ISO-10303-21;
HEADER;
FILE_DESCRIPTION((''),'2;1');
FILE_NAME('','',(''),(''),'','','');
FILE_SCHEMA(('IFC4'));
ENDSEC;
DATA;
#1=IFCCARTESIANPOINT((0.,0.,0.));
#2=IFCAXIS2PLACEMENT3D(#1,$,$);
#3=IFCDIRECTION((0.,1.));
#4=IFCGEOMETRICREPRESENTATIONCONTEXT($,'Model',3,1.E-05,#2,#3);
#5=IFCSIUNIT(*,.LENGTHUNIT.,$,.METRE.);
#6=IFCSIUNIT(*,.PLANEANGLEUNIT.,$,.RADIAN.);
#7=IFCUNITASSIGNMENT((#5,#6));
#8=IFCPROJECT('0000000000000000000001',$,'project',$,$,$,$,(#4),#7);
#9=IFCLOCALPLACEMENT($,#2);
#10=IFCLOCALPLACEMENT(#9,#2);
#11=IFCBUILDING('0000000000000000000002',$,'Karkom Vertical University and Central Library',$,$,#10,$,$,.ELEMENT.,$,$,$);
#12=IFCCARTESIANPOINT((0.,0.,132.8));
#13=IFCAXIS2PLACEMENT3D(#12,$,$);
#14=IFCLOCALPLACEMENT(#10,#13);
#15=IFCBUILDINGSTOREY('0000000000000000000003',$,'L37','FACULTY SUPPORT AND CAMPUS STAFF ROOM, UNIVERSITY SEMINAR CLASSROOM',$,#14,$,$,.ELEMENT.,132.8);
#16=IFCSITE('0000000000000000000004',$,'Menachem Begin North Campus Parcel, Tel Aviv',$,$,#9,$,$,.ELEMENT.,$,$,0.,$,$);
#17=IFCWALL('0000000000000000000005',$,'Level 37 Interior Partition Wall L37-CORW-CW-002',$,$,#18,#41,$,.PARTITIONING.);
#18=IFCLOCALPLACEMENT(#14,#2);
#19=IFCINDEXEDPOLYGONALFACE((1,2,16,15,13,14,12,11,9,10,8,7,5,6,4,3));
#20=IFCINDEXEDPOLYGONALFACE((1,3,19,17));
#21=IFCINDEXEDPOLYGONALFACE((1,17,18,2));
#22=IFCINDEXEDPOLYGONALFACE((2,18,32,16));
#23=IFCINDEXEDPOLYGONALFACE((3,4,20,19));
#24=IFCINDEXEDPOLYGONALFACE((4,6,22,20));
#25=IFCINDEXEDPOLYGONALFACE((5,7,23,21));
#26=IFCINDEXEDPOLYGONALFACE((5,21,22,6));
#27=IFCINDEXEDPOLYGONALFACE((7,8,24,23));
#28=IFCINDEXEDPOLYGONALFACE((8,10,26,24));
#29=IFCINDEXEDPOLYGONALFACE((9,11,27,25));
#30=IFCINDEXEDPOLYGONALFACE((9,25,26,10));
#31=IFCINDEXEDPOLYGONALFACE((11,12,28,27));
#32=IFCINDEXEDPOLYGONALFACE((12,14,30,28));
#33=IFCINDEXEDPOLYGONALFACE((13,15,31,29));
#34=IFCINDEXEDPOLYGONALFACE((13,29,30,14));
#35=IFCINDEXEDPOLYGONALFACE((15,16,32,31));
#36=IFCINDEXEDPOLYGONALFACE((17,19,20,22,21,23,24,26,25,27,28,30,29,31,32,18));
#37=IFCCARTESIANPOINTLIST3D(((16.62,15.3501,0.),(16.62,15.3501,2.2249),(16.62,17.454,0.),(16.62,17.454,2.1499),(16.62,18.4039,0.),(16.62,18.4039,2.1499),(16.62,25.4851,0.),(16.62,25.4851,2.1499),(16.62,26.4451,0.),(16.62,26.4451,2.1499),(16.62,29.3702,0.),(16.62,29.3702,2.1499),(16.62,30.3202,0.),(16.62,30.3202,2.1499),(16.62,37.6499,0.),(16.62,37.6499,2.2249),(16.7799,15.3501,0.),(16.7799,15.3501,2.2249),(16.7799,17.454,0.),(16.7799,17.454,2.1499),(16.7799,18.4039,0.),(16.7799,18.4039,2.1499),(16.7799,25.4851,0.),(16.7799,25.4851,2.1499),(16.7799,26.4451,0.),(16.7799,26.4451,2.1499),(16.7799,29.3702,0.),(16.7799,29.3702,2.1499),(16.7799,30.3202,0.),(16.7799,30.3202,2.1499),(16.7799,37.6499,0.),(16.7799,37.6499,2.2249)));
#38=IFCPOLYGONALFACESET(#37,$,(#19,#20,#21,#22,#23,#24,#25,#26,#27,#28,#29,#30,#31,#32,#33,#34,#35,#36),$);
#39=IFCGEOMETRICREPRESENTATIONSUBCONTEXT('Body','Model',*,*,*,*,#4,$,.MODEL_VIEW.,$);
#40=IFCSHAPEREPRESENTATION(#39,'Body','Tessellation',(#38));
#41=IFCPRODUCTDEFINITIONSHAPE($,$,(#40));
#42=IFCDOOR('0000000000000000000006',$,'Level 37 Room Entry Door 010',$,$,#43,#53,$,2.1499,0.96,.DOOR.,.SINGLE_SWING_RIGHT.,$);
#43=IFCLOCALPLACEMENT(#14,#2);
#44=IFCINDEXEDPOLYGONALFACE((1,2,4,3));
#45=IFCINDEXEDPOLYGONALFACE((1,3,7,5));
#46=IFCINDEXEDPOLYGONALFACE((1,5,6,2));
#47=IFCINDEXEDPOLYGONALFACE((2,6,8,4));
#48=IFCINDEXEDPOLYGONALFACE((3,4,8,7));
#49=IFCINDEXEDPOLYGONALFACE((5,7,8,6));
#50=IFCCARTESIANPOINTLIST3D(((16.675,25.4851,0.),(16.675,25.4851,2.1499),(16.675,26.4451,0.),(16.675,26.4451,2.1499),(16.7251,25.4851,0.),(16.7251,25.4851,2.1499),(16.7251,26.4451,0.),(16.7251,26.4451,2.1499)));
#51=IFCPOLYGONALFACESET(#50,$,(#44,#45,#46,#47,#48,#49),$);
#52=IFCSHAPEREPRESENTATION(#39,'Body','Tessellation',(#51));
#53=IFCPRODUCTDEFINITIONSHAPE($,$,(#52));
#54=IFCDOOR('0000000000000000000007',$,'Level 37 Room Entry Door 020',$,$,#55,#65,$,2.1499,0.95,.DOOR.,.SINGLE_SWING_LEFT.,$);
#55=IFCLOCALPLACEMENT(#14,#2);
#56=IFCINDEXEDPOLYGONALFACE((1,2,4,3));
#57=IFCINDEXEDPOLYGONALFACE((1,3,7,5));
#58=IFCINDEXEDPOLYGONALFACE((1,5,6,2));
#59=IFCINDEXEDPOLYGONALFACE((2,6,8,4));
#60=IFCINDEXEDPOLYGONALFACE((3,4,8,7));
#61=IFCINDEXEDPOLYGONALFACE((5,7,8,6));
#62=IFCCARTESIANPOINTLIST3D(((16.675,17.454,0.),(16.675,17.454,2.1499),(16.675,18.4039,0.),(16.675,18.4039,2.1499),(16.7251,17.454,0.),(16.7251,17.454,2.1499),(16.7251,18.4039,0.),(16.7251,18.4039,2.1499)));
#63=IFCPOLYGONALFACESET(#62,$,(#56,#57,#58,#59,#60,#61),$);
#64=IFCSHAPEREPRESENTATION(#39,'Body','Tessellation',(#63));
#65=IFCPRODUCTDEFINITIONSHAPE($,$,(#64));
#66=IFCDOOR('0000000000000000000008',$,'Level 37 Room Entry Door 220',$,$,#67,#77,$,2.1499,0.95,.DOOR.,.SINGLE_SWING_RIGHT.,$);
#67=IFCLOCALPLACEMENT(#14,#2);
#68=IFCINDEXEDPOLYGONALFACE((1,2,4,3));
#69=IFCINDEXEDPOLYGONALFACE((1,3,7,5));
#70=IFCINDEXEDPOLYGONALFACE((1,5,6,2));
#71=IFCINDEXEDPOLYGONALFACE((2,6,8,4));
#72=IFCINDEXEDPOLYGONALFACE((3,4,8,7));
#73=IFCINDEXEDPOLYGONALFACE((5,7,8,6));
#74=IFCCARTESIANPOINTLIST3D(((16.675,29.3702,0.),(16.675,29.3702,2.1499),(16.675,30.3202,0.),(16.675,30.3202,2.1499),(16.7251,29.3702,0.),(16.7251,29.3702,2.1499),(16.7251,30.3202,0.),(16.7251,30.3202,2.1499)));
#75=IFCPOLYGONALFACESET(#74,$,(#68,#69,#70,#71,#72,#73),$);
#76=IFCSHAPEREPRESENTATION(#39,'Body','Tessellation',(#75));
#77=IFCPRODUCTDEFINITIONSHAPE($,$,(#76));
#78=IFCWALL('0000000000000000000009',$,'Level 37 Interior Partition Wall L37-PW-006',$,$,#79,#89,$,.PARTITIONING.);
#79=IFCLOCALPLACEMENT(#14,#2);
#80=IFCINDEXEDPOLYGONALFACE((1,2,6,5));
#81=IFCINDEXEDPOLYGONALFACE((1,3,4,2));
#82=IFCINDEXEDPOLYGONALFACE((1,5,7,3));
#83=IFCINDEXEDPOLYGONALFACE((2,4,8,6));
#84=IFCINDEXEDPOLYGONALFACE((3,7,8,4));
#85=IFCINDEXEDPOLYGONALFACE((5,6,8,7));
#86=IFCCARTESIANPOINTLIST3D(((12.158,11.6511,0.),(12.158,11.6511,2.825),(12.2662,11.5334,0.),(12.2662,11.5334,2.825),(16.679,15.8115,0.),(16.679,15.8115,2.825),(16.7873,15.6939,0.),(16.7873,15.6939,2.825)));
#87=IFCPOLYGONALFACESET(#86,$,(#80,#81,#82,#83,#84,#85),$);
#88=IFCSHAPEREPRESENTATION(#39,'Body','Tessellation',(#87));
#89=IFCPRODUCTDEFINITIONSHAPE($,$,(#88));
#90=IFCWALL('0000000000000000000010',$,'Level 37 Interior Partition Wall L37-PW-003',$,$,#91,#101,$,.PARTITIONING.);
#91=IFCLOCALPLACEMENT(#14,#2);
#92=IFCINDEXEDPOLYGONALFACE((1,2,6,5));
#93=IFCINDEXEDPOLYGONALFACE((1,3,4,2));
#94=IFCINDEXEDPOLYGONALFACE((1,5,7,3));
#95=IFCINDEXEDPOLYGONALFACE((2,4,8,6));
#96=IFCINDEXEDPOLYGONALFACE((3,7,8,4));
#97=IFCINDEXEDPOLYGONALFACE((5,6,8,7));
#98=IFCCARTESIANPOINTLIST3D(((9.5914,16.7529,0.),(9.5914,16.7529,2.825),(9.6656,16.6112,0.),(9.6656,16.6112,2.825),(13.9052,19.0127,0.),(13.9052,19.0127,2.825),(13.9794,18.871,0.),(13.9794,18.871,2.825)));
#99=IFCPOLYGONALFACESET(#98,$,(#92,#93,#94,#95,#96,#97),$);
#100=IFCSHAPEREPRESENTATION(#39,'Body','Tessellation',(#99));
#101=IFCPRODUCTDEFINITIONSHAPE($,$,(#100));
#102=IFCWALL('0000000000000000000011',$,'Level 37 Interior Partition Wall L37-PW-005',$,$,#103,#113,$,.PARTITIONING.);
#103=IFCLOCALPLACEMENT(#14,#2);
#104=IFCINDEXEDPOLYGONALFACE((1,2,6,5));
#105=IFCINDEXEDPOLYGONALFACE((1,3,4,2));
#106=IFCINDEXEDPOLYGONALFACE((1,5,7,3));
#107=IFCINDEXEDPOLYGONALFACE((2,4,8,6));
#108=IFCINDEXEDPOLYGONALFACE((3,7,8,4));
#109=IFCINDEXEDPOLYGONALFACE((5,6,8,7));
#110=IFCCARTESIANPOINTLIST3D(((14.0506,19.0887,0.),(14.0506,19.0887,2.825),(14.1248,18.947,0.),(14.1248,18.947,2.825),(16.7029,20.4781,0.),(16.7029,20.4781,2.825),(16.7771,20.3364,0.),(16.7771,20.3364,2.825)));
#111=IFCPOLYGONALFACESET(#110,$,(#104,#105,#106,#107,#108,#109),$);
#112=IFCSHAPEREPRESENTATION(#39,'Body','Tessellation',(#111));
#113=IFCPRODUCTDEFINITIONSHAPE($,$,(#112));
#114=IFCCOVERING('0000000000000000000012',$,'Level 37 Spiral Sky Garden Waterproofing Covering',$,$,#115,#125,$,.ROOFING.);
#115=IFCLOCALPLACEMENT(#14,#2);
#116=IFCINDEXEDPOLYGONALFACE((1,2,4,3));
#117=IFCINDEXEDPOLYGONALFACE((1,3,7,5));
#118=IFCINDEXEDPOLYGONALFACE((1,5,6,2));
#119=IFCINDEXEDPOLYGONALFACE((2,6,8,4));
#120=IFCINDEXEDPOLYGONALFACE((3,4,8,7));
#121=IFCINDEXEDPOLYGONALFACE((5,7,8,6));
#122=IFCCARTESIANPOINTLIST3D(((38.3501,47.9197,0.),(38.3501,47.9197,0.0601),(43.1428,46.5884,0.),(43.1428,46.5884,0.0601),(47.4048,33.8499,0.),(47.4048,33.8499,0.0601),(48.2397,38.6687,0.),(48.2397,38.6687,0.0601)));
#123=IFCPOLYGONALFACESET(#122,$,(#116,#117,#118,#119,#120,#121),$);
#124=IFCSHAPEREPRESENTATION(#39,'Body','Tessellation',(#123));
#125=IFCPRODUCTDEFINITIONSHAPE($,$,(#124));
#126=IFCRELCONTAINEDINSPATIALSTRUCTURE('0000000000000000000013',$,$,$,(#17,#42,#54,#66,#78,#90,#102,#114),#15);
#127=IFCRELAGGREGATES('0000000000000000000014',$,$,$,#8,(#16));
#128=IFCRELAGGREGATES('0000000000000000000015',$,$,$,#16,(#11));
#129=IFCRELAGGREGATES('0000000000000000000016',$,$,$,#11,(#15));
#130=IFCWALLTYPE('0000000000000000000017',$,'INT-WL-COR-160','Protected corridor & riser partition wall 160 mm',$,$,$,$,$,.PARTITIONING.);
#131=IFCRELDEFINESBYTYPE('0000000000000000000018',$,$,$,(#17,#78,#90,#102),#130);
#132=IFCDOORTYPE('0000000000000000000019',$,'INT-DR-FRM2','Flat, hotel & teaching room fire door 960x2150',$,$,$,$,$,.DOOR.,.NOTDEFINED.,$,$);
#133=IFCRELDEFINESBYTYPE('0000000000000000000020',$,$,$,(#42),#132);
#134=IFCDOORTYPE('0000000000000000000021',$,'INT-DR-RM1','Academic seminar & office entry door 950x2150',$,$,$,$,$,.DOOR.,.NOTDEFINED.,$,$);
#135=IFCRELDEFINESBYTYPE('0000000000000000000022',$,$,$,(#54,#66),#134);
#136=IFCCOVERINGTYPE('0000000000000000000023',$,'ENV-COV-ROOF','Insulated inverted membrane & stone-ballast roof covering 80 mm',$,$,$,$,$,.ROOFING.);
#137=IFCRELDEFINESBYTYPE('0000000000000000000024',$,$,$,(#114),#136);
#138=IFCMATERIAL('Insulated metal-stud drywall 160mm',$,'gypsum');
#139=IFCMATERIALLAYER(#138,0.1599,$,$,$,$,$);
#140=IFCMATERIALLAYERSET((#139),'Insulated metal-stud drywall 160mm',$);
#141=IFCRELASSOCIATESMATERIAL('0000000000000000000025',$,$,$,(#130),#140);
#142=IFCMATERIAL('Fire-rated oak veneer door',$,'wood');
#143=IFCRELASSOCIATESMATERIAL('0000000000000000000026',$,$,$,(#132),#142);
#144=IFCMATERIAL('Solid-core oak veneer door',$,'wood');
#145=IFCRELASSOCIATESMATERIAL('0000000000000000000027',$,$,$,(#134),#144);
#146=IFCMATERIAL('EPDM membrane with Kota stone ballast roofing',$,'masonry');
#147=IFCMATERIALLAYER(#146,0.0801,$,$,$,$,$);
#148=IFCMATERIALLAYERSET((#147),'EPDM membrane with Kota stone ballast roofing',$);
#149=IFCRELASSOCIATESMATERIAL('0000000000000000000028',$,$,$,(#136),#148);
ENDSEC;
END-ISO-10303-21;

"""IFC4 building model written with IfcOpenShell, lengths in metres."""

from ifc_helpers import new_model, si_unit, direction, frame, frame_2d, origin, origin_with_axes, place, context, subcontext, project, spatial, polyline, rectangle, outline, extrude, source, transform, mapped, material, layer, layer_set, type_object, element, fill, save


model = new_model("IFC4")

# Units and contexts
model_context = context("Model", 3, precision=1e-05, world=origin(), true_north=direction((0.0, 1.0)))
body_context = subcontext(model_context, "Body", "Model", "MODEL_VIEW")
ifc_project = project(units=[si_unit("LENGTHUNIT", "METRE"), si_unit("PLANEANGLEUNIT", "RADIAN")], contexts=[model_context])

# Site, building, storey
site_placement = place(None, origin())
site = spatial("IfcSite", under=ifc_project, at=site_placement, Name="Menachem Begin North Campus Parcel, Tel Aviv", CompositionType="ELEMENT", RefElevation=0.0)
building_placement = place(site_placement, origin())
building = spatial("IfcBuilding", under=site, at=building_placement, Name="Karkom Vertical University and Central Library", CompositionType="ELEMENT")
storey_placement = place(building_placement, frame((0.0, 0.0, 132.8)))
storey = spatial("IfcBuildingStorey", under=building, at=storey_placement, Name="L37", Description="FACULTY SUPPORT AND CAMPUS STAFF ROOM, UNIVERSITY SEMINAR CLASSROOM", CompositionType="ELEMENT", Elevation=132.8)

# Wall, openings, doors
ifc_material_1 = material(Name="Insulated metal-stud drywall 160mm", Category="gypsum")
ifc_layer_1 = layer(ifc_material_1, 0.1599)
ifc_layer_set_1 = layer_set([ifc_layer_1], Name="Insulated metal-stud drywall 160mm")
wall_type_1 = type_object("IfcWallType", Name="INT-WL-COR-160", Description="Protected corridor & riser partition wall 160 mm", PredefinedType="PARTITIONING", material=ifc_layer_set_1)
wall_1_placement = place(storey_placement, frame((16.7, 15.3501, 0.0), z_axis=(0.0, 0.0, 1.0), x_axis=(0.0, 1.0, 0.0)))
wall_1 = element("IfcWall", 1, at=wall_1_placement, inside=storey, type_object=wall_type_1, Name="Level 37 Interior Partition Wall L37-CORW-CW-002", PredefinedType="PARTITIONING", context=body_context, shape_type="SweptSolid", body=[
    extrude(rectangle(XDim=22.2998, YDim=0.1599, at=frame_2d((11.1499, 0.0))), origin(), (0.0, 0.0, 1.0), 2.2249),
])
opening_1_placement = place(wall_1_placement, frame((10.135, 0.0, 0.0)))
opening_1 = element("IfcOpeningElement", 2, at=opening_1_placement, cuts=wall_1, PredefinedType="OPENING", context=body_context, shape_type="SweptSolid", body=[
    extrude(rectangle(XDim=0.96, YDim=2.1499, at=frame_2d((0.48, 1.075))), frame((0.0, 0.0898, 0.0), z_axis=(0.0, -1.0, 0.0), x_axis=(1.0, 0.0, 0.0)), (0.0, 0.0, 1.0), 0.1799),
])
opening_2_placement = place(wall_1_placement, frame((2.1038, 0.0, 0.0)))
opening_2 = element("IfcOpeningElement", 3, at=opening_2_placement, cuts=wall_1, PredefinedType="OPENING", context=body_context, shape_type="SweptSolid", body=[
    extrude(rectangle(XDim=0.95, YDim=2.1499, at=frame_2d((0.4751, 1.075))), frame((0.0, 0.0898, 0.0), z_axis=(0.0, -1.0, 0.0), x_axis=(1.0, 0.0, 0.0)), (0.0, 0.0, 1.0), 0.1799),
])
opening_3_placement = place(wall_1_placement, frame((14.02, 0.0, 0.0)))
opening_3 = element("IfcOpeningElement", 4, at=opening_3_placement, cuts=wall_1, PredefinedType="OPENING", context=body_context, shape_type="SweptSolid", body=[
    extrude(rectangle(XDim=0.95, YDim=2.1499, at=frame_2d((0.4751, 1.075))), frame((0.0, 0.0898, 0.0), z_axis=(0.0, -1.0, 0.0), x_axis=(1.0, 0.0, 0.0)), (0.0, 0.0, 1.0), 0.1799),
])
ifc_material_2 = material(Name="Fire-rated oak veneer door", Category="wood")
door_type_1 = type_object("IfcDoorType", Name="INT-DR-FRM2", Description="Flat, hotel & teaching room fire door 960x2150", OperationType="NOTDEFINED", PredefinedType="DOOR", material=ifc_material_2)
shared_shape_1 = source(origin_with_axes(), body_context, "Body", "SweptSolid", [
    extrude(rectangle(XDim=0.96, YDim=2.1499, at=frame_2d((0.48, 1.075))), frame((0.0, 0.0249, 0.0), z_axis=(0.0, -1.0, 0.0), x_axis=(1.0, 0.0, 0.0)), (0.0, 0.0, 1.0), 0.05),
])
door_1_placement = place(opening_1_placement, origin())
door_1 = element("IfcDoor", 5, at=door_1_placement, inside=storey, type_object=door_type_1, Name="Level 37 Room Entry Door 010", OperationType="SINGLE_SWING_RIGHT", OverallHeight=2.1499, OverallWidth=0.96, PredefinedType="DOOR", context=body_context, shape_type="MappedRepresentation", body=[
    mapped(shared_shape_1, transform((0.0, 0.0, 0.0), scale=1.0)),
])
fill(opening_1, door_1)
ifc_material_3 = material(Name="Solid-core oak veneer door", Category="wood")
door_type_2 = type_object("IfcDoorType", Name="INT-DR-RM1", Description="Academic seminar & office entry door 950x2150", OperationType="NOTDEFINED", PredefinedType="DOOR", material=ifc_material_3)
shared_shape_2 = source(origin_with_axes(), body_context, "Body", "SweptSolid", [
    extrude(rectangle(XDim=0.95, YDim=2.1499, at=frame_2d((0.4751, 1.075))), frame((0.0, 0.0249, 0.0), z_axis=(0.0, -1.0, 0.0), x_axis=(1.0, 0.0, 0.0)), (0.0, 0.0, 1.0), 0.05),
])
door_2_placement = place(opening_2_placement, origin())
door_2 = element("IfcDoor", 6, at=door_2_placement, inside=storey, type_object=door_type_2, Name="Level 37 Room Entry Door 020", OperationType="SINGLE_SWING_LEFT", OverallHeight=2.1499, OverallWidth=0.95, PredefinedType="DOOR", context=body_context, shape_type="MappedRepresentation", body=[
    mapped(shared_shape_2, transform((0.0, 0.0, 0.0), scale=1.0)),
])
fill(opening_2, door_2)
door_3_placement = place(opening_3_placement, origin())
door_3 = element("IfcDoor", 7, at=door_3_placement, inside=storey, type_object=door_type_2, Name="Level 37 Room Entry Door 220", OperationType="SINGLE_SWING_RIGHT", OverallHeight=2.1499, OverallWidth=0.95, PredefinedType="DOOR", context=body_context, shape_type="MappedRepresentation", body=[
    mapped(shared_shape_2, transform((0.0, 0.0, 0.0), scale=1.0)),
])
fill(opening_3, door_3)

# Walls
wall_2_placement = place(storey_placement, frame((16.7332, 15.7527, 0.0), z_axis=(0.0, 0.0, 1.0), x_axis=(-0.735843, -0.677152, 0.0)))
element("IfcWall", 8, at=wall_2_placement, inside=storey, type_object=wall_type_1, Name="Level 37 Interior Partition Wall L37-PW-006", PredefinedType="PARTITIONING", context=body_context, shape_type="SweptSolid", body=[
    extrude(rectangle(XDim=6.144, YDim=0.1599, at=frame_2d((3.072, 0.0))), origin(), (0.0, 0.0, 1.0), 2.825),
])
wall_3_placement = place(storey_placement, frame((13.9424, 18.9419, 0.0), z_axis=(0.0, 0.0, 1.0), x_axis=(-0.885815, -0.464039, 0.0)))
element("IfcWall", 9, at=wall_3_placement, inside=storey, type_object=wall_type_1, Name="Level 37 Interior Partition Wall L37-PW-003", PredefinedType="PARTITIONING", context=body_context, shape_type="SweptSolid", body=[
    extrude(rectangle(XDim=4.8699, YDim=0.1599, at=frame_2d((2.4351, 0.0))), origin(), (0.0, 0.0, 1.0), 2.825),
])
wall_4_placement = place(storey_placement, frame((16.74, 20.4072, 0.0), z_axis=(0.0, 0.0, 1.0), x_axis=(-0.88582, -0.464028, 0.0)))
element("IfcWall", 10, at=wall_4_placement, inside=storey, type_object=wall_type_1, Name="Level 37 Interior Partition Wall L37-PW-005", PredefinedType="PARTITIONING", context=body_context, shape_type="SweptSolid", body=[
    extrude(rectangle(XDim=2.9941, YDim=0.1599, at=frame_2d((1.4971, 0.0))), origin(), (0.0, 0.0, 1.0), 2.825),
])

# Covering
ifc_material_4 = material(Name="EPDM membrane with Kota stone ballast roofing", Category="masonry")
ifc_layer_2 = layer(ifc_material_4, 0.0801)
ifc_layer_set_2 = layer_set([ifc_layer_2], Name="EPDM membrane with Kota stone ballast roofing")
covering_type = type_object("IfcCoveringType", Name="ENV-COV-ROOF", Description="Insulated inverted membrane & stone-ballast roof covering 80 mm", PredefinedType="ROOFING", material=ifc_layer_set_2)
covering_placement = place(storey_placement, origin())
element("IfcCovering", 11, at=covering_placement, inside=storey, type_object=covering_type, Name="Level 37 Spiral Sky Garden Waterproofing Covering", PredefinedType="ROOFING", context=body_context, shape_type="SweptSolid", body=[
    extrude(outline(polyline([(43.1428, 46.5884), (48.2397, 38.6687), (47.4048, 33.8499), (38.3501, 47.9197), (43.1428, 46.5884)])), origin(), (0.0, 0.0, 1.0), 0.0601),
])

save(model, "model.ifc")
